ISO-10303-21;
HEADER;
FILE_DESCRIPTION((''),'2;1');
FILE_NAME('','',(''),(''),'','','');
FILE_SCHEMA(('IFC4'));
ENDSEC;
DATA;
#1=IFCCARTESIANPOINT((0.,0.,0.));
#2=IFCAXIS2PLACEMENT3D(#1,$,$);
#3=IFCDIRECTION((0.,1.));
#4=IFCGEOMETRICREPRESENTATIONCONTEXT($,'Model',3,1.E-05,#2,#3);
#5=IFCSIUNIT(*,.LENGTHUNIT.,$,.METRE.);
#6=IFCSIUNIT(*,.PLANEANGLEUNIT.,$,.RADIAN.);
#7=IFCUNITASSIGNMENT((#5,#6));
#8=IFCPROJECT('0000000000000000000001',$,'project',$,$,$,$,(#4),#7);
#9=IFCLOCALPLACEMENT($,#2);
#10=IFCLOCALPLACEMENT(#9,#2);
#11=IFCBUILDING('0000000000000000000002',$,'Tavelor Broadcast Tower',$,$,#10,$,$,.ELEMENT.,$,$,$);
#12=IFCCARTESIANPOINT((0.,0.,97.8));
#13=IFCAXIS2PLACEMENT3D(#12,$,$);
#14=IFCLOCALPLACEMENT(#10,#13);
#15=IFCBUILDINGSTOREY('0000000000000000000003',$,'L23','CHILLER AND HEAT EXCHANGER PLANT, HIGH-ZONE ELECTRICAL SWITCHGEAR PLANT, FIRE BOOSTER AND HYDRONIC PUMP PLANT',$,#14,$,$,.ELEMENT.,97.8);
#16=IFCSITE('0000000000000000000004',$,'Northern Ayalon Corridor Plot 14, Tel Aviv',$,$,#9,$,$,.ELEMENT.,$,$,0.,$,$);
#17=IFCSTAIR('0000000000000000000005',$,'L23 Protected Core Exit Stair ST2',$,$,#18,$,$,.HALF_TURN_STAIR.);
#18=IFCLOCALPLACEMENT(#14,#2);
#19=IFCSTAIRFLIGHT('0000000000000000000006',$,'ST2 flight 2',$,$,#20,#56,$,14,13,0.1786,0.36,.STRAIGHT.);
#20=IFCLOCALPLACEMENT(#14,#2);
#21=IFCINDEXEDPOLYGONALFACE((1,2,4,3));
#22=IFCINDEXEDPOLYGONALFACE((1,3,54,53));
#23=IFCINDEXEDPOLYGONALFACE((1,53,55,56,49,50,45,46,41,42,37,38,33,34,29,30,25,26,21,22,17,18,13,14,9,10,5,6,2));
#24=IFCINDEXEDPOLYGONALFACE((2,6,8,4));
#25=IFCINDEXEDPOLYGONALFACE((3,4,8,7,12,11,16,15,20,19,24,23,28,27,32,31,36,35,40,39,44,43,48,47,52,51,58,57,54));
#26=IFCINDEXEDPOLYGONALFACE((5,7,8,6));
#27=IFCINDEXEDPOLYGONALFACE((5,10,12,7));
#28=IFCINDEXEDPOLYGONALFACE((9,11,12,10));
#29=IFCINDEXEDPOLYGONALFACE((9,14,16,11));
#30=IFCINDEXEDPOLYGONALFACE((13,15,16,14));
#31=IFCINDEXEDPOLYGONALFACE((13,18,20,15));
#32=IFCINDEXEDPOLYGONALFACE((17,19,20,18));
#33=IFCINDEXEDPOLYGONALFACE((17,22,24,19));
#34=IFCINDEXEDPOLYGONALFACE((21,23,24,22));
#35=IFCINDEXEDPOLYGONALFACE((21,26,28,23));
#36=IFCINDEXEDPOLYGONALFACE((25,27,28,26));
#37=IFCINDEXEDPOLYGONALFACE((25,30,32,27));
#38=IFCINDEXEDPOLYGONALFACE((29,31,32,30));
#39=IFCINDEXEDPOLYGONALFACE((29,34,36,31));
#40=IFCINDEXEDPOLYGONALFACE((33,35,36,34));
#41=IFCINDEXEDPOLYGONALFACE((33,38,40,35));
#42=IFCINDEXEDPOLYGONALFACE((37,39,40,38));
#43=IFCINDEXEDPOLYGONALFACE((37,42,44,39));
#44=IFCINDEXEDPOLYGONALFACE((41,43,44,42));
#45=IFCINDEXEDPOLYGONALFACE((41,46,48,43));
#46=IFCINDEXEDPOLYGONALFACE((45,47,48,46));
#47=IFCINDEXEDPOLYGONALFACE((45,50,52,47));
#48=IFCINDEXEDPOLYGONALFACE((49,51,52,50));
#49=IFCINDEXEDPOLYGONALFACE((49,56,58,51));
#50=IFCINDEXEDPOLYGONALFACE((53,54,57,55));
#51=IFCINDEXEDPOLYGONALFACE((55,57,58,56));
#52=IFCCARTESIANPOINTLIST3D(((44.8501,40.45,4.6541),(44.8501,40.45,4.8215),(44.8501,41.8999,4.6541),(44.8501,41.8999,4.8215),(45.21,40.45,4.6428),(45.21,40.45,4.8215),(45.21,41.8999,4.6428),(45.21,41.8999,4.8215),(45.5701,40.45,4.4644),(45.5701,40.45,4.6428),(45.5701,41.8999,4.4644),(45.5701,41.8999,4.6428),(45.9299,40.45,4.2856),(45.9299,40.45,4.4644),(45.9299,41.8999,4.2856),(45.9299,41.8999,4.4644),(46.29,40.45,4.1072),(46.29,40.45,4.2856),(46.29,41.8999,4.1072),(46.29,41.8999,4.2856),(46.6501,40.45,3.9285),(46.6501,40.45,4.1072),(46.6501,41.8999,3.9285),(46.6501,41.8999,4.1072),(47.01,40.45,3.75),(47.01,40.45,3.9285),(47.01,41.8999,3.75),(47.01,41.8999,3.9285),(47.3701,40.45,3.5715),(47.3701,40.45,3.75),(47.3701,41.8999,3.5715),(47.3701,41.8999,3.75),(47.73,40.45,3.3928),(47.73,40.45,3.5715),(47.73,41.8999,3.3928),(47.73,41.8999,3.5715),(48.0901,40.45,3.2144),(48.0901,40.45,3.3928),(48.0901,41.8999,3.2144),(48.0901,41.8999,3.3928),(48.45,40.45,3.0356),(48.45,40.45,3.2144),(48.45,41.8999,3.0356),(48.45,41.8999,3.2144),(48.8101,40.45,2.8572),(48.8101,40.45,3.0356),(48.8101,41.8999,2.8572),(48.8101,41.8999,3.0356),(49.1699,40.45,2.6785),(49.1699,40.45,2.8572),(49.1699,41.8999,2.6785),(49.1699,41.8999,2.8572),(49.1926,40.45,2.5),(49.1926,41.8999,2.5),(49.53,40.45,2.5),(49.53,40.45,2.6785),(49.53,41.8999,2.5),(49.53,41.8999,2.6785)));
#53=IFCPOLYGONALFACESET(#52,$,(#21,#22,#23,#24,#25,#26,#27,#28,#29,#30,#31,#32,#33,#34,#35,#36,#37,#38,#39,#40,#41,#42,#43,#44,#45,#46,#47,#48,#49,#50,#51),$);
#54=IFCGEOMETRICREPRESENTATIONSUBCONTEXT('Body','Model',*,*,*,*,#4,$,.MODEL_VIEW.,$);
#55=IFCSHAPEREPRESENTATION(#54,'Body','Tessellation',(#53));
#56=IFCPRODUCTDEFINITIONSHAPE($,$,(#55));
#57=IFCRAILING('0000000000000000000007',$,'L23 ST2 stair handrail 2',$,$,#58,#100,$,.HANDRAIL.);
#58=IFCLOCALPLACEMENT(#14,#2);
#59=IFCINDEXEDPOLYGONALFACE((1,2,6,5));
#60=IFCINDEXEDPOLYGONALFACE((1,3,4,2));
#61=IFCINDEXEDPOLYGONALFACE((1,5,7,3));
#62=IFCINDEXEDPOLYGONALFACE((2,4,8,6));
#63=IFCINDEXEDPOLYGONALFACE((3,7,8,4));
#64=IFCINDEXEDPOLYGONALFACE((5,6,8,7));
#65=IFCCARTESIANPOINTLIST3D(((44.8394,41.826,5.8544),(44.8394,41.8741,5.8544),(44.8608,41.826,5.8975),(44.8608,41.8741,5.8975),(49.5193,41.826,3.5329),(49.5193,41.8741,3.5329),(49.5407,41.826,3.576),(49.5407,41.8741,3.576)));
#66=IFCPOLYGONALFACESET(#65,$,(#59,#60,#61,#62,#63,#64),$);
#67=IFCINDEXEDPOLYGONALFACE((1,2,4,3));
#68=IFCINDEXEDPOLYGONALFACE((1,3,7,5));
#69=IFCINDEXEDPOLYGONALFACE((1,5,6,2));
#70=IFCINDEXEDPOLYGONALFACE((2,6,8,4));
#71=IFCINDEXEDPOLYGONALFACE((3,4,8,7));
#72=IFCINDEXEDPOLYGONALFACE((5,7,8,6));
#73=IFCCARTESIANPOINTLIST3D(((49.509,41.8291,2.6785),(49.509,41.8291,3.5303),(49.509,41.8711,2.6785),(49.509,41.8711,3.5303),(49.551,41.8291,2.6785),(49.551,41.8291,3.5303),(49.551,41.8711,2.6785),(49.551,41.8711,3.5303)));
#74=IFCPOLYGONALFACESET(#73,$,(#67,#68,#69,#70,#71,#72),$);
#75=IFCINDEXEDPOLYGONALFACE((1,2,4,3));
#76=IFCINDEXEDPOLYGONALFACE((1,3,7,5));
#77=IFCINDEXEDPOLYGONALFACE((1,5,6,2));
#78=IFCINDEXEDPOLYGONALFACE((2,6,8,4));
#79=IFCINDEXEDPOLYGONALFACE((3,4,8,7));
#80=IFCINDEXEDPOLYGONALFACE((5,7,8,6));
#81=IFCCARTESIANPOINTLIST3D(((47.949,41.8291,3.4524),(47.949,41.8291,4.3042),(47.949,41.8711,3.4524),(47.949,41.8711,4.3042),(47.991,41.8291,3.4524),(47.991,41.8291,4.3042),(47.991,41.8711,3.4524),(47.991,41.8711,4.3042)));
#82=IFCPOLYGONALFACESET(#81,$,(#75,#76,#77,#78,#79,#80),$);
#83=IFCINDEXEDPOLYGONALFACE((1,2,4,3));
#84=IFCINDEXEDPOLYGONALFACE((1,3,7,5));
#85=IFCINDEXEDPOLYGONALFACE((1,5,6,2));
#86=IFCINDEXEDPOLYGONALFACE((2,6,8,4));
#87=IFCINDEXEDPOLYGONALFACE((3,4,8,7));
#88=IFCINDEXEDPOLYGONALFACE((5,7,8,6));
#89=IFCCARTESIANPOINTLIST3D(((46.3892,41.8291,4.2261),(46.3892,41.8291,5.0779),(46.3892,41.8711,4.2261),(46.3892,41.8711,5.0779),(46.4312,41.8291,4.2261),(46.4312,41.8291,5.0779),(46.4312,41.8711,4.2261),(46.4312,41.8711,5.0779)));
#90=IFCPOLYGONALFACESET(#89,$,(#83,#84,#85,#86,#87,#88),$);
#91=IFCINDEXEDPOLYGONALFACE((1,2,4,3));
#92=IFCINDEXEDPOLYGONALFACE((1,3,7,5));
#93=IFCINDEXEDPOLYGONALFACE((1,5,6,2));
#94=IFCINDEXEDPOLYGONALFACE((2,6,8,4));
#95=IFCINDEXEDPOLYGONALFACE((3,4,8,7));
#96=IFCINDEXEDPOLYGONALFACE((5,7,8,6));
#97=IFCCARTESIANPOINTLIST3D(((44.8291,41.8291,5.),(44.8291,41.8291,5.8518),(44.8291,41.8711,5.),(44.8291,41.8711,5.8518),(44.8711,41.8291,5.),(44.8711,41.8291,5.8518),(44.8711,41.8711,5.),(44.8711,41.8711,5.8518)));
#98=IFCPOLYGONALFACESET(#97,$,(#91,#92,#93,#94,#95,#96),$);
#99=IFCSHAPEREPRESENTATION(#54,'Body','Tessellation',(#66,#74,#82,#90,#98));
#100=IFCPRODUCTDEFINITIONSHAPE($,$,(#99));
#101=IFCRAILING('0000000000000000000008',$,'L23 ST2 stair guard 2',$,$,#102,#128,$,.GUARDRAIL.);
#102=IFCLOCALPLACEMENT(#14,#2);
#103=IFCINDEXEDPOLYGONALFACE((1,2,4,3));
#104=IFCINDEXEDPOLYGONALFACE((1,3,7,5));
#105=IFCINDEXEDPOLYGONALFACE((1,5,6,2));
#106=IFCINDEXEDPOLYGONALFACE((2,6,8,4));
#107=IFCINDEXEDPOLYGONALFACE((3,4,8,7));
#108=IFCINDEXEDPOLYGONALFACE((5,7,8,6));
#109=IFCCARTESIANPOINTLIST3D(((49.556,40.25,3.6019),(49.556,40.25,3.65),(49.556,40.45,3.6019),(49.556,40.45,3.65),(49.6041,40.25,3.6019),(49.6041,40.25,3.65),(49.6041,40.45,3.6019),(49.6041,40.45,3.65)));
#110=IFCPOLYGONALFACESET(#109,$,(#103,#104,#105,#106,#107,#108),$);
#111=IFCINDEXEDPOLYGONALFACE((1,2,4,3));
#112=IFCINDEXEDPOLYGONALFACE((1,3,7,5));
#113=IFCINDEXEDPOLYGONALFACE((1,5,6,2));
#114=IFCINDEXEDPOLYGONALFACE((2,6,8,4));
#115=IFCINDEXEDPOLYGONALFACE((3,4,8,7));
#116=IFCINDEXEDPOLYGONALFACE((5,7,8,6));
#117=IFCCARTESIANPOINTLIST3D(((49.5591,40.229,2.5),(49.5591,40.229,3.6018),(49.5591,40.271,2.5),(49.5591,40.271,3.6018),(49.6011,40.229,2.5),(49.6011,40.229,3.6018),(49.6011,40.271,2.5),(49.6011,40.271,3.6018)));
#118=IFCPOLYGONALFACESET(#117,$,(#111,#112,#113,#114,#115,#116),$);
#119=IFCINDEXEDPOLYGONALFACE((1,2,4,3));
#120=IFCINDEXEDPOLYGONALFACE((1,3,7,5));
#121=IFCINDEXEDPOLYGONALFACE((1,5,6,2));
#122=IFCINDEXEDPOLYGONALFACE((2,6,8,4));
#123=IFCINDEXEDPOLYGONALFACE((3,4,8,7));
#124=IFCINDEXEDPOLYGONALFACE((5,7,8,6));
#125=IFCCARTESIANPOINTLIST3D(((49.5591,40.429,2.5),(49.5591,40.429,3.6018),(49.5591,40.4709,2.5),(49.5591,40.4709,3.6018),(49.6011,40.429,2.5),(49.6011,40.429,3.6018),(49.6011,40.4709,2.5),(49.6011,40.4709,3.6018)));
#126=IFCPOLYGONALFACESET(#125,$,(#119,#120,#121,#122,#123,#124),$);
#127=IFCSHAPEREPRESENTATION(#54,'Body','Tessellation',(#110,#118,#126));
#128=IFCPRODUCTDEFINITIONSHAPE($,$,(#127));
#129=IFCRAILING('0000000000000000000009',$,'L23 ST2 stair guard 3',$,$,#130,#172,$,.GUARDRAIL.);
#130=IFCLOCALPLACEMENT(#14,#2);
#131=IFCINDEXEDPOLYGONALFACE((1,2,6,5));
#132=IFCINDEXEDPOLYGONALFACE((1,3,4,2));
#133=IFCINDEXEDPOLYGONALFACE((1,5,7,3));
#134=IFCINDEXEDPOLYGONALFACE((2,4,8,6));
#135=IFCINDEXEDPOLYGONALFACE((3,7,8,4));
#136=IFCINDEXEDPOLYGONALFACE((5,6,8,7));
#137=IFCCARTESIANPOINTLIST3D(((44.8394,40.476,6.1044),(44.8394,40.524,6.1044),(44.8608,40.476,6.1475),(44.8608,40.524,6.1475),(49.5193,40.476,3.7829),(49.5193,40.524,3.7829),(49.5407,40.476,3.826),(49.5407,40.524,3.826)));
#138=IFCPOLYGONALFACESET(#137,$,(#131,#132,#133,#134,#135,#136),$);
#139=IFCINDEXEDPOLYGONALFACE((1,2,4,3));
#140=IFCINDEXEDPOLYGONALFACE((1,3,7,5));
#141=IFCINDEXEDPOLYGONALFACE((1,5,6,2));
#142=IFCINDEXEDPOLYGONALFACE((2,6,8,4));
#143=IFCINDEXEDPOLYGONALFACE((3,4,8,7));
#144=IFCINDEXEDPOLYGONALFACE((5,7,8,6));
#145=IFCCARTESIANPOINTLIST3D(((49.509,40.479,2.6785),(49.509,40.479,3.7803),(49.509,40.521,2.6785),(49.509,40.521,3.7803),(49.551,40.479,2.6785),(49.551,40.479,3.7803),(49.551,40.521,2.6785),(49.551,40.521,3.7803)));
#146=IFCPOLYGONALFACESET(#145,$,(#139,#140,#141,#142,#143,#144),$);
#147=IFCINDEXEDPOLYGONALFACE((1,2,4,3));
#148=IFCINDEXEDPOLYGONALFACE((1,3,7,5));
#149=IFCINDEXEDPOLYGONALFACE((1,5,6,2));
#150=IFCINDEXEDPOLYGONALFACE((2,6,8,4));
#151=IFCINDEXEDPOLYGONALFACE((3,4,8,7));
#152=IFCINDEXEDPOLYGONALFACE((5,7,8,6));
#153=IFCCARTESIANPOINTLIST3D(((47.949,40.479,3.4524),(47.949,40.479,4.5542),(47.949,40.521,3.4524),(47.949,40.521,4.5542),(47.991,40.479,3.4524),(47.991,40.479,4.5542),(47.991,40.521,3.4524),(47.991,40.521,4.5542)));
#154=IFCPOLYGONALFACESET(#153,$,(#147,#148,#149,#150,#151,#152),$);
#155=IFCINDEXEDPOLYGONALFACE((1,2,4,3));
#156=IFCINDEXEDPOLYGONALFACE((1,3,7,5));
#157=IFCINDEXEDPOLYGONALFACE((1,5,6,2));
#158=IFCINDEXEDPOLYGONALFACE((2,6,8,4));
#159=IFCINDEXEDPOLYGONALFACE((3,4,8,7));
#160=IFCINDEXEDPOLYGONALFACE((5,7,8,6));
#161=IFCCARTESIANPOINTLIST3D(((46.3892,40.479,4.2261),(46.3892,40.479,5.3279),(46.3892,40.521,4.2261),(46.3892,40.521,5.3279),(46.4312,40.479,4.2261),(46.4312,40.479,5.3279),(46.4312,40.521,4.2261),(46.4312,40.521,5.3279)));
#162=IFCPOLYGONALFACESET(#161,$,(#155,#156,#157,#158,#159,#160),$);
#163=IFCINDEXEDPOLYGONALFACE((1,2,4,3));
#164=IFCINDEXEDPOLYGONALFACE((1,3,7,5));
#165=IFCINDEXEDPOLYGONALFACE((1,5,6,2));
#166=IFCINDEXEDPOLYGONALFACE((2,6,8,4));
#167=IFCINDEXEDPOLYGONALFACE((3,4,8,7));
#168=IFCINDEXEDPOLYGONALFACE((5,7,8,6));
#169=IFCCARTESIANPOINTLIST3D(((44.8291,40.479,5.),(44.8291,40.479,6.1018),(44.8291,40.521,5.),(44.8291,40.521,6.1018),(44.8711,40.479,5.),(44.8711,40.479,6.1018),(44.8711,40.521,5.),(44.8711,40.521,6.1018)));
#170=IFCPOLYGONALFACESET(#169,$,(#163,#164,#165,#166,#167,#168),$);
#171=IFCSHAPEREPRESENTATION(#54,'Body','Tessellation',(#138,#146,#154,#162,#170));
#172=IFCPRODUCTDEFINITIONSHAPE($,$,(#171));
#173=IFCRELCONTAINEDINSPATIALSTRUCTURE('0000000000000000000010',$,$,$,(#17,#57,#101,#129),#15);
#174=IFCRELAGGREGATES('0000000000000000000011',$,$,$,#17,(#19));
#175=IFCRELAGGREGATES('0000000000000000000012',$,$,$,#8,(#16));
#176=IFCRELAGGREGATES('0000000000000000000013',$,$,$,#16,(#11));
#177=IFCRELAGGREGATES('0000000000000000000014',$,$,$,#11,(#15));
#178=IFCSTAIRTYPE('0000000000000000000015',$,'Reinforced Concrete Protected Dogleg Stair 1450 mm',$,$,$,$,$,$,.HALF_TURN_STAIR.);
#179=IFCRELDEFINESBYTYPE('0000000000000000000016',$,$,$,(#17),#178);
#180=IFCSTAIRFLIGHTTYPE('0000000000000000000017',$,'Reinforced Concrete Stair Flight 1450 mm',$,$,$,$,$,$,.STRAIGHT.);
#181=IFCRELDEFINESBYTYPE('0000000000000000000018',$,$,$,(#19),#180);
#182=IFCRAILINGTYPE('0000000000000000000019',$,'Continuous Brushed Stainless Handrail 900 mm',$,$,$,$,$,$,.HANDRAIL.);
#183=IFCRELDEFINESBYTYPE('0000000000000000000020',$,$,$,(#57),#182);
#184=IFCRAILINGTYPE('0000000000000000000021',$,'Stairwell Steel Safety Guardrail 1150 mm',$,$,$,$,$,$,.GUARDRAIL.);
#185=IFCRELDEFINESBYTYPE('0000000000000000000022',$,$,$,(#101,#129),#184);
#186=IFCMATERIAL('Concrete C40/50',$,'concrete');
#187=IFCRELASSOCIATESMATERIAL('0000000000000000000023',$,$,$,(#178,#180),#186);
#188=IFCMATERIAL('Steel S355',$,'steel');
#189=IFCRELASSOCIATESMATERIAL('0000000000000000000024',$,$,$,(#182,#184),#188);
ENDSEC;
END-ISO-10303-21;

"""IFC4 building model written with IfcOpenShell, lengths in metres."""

from ifc_helpers import new_model, si_unit, direction, frame, origin, origin_2d, place, context, subcontext, project, spatial, polyline, rectangle, outline, extrude, material, type_object, element, aggregate, save


model = new_model("IFC4")

# Units and contexts
model_context = context("Model", 3, precision=1e-05, world=origin(), true_north=direction((0.0, 1.0)))
body_context = subcontext(model_context, "Body", "Model", "MODEL_VIEW")
ifc_project = project(units=[si_unit("LENGTHUNIT", "METRE"), si_unit("PLANEANGLEUNIT", "RADIAN")], contexts=[model_context])

# Site, building, storey
site_placement = place(None, origin())
site = spatial("IfcSite", under=ifc_project, at=site_placement, Name="Northern Ayalon Corridor Plot 14, Tel Aviv", CompositionType="ELEMENT", RefElevation=0.0)
building_placement = place(site_placement, origin())
building = spatial("IfcBuilding", under=site, at=building_placement, Name="Tavelor Broadcast Tower", CompositionType="ELEMENT")
storey_placement = place(building_placement, frame((0.0, 0.0, 97.8)))
storey = spatial("IfcBuildingStorey", under=building, at=storey_placement, Name="L23", Description="CHILLER AND HEAT EXCHANGER PLANT, HIGH-ZONE ELECTRICAL SWITCHGEAR PLANT, FIRE BOOSTER AND HYDRONIC PUMP PLANT", CompositionType="ELEMENT", Elevation=97.8)

# Shared definitions
ifc_material_1 = material(Name="Concrete C40/50", Category="concrete")
ifc_material_2 = material(Name="Steel S355", Category="steel")

# Stair, stair flight
stair_type = type_object("IfcStairType", Name="Reinforced Concrete Protected Dogleg Stair 1450 mm", PredefinedType="HALF_TURN_STAIR", material=ifc_material_1)
stair_placement = place(storey_placement, origin())
stair = element("IfcStair", 1, at=stair_placement, inside=storey, type_object=stair_type, Name="L23 Protected Core Exit Stair ST2", PredefinedType="HALF_TURN_STAIR")
stair_flight_type = type_object("IfcStairFlightType", Name="Reinforced Concrete Stair Flight 1450 mm", PredefinedType="STRAIGHT", material=ifc_material_1)
stair_flight_placement = place(storey_placement, frame((49.53, 41.175, 2.5), z_axis=(0.0, 0.0, 1.0), x_axis=(-1.0, 0.0, 0.0)))
stair_flight = element("IfcStairFlight", 2, at=stair_flight_placement, type_object=stair_flight_type, Name="ST2 flight 2", NumberOfRisers=14, NumberOfTreads=13, PredefinedType="STRAIGHT", RiserHeight=0.1786, TreadLength=0.36, context=body_context, shape_type="SweptSolid", body=[
    extrude(outline(polyline([(0.0, 0.0), (0.0, 0.1785), (0.3601, 0.1785), (0.3601, 0.3572), (0.72, 0.3572), (0.72, 0.5356), (1.0801, 0.5356), (1.0801, 0.7144), (1.4399, 0.7144), (1.4399, 0.8928), (1.8, 0.8928), (1.8, 1.0715), (2.1599, 1.0715), (2.1599, 1.25), (2.52, 1.25), (2.52, 1.4285), (2.8799, 1.4285), (2.8799, 1.6072), (3.24, 1.6072), (3.24, 1.7856), (3.6001, 1.7856), (3.6001, 1.9644), (3.96, 1.9644), (3.96, 2.1428), (4.3201, 2.1428), (4.3201, 2.3215), (4.6799, 2.3215), (4.6799, 2.5), (4.6799, 2.1541), (0.3374, 0.0), (0.0, 0.0)])), frame((0.0, 0.7251, 0.0), z_axis=(0.0, -1.0, 0.0), x_axis=(1.0, 0.0, 0.0)), (0.0, 0.0, 1.0), 1.45),
])
aggregate(stair, [stair_flight])

# Railings
railing_type_1 = type_object("IfcRailingType", Name="Continuous Brushed Stainless Handrail 900 mm", PredefinedType="HANDRAIL", material=ifc_material_2)
railing_1_placement = place(storey_placement, frame((49.53, 41.8501, 2.6785)))
element("IfcRailing", 3, at=railing_1_placement, inside=storey, type_object=railing_type_1, Name="L23 ST2 stair handrail 2", PredefinedType="HANDRAIL", context=body_context, shape_type="SweptSolid", body=[
    extrude(rectangle(XDim=0.0481, YDim=0.0481, at=origin_2d()), frame((0.0, 0.0, 0.876), z_axis=(-0.895834, 0.0, 0.444389), x_axis=(0.0, -1.0, 0.0)), (0.0, 0.0, 1.0), 5.2241),
    extrude(rectangle(XDim=0.042, YDim=0.042, at=origin_2d()), origin(), (0.0, 0.0, 1.0), 0.8518),
    extrude(rectangle(XDim=0.042, YDim=0.042, at=origin_2d()), frame((-1.5601, 0.0, 0.7739)), (0.0, 0.0, 1.0), 0.8518),
    extrude(rectangle(XDim=0.042, YDim=0.042, at=origin_2d()), frame((-3.1199, 0.0, 1.5476)), (0.0, 0.0, 1.0), 0.8518),
    extrude(rectangle(XDim=0.042, YDim=0.042, at=origin_2d()), frame((-4.6799, 0.0, 2.3215)), (0.0, 0.0, 1.0), 0.8518),
])
railing_type_2 = type_object("IfcRailingType", Name="Stairwell Steel Safety Guardrail 1150 mm", PredefinedType="GUARDRAIL", material=ifc_material_2)
railing_2_placement = place(storey_placement, frame((49.5801, 40.25, 2.5)))
element("IfcRailing", 4, at=railing_2_placement, inside=storey, type_object=railing_type_2, Name="L23 ST2 stair guard 2", PredefinedType="GUARDRAIL", context=body_context, shape_type="SweptSolid", body=[
    extrude(rectangle(XDim=0.0481, YDim=0.0481, at=origin_2d()), frame((0.0, 0.0, 1.126), z_axis=(0.0, 1.0, 0.0), x_axis=(-1.0, 0.0, 0.0)), (0.0, 0.0, 1.0), 0.2),
    extrude(rectangle(XDim=0.042, YDim=0.042, at=origin_2d()), origin(), (0.0, 0.0, 1.0), 1.1018),
    extrude(rectangle(XDim=0.042, YDim=0.042, at=origin_2d()), frame((0.0, 0.2, 0.0)), (0.0, 0.0, 1.0), 1.1018),
])
railing_3_placement = place(storey_placement, frame((49.53, 40.5, 2.6785)))
element("IfcRailing", 5, at=railing_3_placement, inside=storey, type_object=railing_type_2, Name="L23 ST2 stair guard 3", PredefinedType="GUARDRAIL", context=body_context, shape_type="SweptSolid", body=[
    extrude(rectangle(XDim=0.0481, YDim=0.0481, at=origin_2d()), frame((0.0, 0.0, 1.126), z_axis=(-0.895834, 0.0, 0.444389), x_axis=(0.0, -1.0, 0.0)), (0.0, 0.0, 1.0), 5.2241),
    extrude(rectangle(XDim=0.042, YDim=0.042, at=origin_2d()), origin(), (0.0, 0.0, 1.0), 1.1018),
    extrude(rectangle(XDim=0.042, YDim=0.042, at=origin_2d()), frame((-1.5601, 0.0, 0.7739)), (0.0, 0.0, 1.0), 1.1018),
    extrude(rectangle(XDim=0.042, YDim=0.042, at=origin_2d()), frame((-3.1199, 0.0, 1.5476)), (0.0, 0.0, 1.0), 1.1018),
    extrude(rectangle(XDim=0.042, YDim=0.042, at=origin_2d()), frame((-4.6799, 0.0, 2.3215)), (0.0, 0.0, 1.0), 1.1018),
])

save(model, "model.ifc")
